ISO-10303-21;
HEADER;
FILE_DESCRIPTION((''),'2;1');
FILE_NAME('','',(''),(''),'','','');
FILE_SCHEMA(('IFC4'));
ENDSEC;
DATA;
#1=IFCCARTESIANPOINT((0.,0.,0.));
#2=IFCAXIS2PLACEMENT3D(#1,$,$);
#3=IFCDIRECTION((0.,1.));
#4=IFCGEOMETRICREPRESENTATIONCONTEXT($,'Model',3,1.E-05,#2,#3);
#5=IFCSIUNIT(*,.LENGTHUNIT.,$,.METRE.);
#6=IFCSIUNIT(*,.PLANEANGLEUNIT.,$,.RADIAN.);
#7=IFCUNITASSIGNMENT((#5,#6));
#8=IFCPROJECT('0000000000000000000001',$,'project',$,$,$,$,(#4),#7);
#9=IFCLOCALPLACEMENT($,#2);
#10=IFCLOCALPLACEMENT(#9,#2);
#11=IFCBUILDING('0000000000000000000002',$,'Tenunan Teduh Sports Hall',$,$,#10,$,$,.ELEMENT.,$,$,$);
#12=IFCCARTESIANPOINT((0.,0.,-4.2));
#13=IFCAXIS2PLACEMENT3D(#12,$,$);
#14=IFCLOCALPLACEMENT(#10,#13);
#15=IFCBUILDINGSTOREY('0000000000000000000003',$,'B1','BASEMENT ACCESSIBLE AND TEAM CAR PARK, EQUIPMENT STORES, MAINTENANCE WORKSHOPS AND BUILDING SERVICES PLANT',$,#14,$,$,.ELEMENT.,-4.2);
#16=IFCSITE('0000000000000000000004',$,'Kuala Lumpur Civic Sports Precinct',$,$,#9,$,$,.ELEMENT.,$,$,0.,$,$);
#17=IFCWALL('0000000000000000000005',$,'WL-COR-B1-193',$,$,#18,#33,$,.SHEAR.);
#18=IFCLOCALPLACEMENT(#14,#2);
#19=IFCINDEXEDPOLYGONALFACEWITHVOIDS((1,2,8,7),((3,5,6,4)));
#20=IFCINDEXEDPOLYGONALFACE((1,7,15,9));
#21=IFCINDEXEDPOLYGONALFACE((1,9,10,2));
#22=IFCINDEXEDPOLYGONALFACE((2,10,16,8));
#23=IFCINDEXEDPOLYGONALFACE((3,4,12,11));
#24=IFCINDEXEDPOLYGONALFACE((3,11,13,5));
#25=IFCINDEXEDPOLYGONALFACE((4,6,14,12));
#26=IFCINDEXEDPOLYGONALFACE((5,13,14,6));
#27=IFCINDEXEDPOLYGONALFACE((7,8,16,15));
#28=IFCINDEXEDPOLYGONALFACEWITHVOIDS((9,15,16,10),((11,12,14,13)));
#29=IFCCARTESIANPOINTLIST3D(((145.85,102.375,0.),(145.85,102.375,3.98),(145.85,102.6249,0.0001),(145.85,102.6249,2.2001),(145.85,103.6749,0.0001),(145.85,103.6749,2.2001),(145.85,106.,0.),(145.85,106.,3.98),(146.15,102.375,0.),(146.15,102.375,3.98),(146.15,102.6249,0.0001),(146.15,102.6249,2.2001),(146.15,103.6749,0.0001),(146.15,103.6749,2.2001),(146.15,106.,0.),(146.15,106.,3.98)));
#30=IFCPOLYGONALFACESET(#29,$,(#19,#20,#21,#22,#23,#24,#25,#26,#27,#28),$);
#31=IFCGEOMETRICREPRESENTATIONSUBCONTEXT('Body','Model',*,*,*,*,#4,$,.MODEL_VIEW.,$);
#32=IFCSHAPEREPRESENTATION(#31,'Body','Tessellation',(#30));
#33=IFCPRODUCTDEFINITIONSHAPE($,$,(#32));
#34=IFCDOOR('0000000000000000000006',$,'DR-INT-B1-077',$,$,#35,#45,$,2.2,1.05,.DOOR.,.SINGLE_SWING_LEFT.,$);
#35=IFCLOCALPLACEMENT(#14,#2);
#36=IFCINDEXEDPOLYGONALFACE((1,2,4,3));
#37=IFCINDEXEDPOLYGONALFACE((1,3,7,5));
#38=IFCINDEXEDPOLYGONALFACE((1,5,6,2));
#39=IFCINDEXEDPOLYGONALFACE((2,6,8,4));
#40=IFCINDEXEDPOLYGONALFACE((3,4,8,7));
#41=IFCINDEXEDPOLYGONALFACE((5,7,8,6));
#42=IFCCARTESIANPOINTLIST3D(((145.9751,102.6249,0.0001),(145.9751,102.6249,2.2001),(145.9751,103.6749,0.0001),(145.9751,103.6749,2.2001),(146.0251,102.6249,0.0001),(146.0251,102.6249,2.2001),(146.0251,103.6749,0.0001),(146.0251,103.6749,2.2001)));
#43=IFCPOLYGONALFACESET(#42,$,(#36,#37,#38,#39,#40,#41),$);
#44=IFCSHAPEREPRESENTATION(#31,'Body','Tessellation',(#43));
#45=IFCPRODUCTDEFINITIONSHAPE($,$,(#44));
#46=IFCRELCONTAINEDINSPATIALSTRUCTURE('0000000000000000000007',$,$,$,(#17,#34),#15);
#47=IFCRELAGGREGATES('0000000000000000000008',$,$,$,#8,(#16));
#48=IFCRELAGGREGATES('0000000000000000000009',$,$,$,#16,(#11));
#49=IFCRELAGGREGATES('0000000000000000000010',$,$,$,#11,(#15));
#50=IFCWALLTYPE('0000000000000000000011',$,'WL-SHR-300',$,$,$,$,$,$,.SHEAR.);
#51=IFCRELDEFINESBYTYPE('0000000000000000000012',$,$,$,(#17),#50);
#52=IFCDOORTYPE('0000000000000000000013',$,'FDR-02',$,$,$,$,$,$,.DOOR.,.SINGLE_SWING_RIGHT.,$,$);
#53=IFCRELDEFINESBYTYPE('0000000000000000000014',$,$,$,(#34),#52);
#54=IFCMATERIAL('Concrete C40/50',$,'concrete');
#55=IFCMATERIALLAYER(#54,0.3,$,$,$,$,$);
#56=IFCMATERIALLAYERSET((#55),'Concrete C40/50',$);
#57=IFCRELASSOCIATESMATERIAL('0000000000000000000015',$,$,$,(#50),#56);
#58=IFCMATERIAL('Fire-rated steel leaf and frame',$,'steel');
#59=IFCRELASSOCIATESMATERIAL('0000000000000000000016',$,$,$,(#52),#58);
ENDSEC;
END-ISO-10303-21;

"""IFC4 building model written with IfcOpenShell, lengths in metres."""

from ifc_helpers import new_model, si_unit, direction, frame, frame_2d, origin, place, context, subcontext, project, spatial, rectangle, extrude, material, layer, layer_set, type_object, element, fill, save


model = new_model("IFC4")

# Units and contexts
model_context = context("Model", 3, precision=1e-05, world=origin(), true_north=direction((0.0, 1.0)))
body_context = subcontext(model_context, "Body", "Model", "MODEL_VIEW")
ifc_project = project(units=[si_unit("LENGTHUNIT", "METRE"), si_unit("PLANEANGLEUNIT", "RADIAN")], contexts=[model_context])

# Site, building, storey
site_placement = place(None, origin())
site = spatial("IfcSite", under=ifc_project, at=site_placement, Name="Kuala Lumpur Civic Sports Precinct", CompositionType="ELEMENT", RefElevation=0.0)
building_placement = place(site_placement, origin())
building = spatial("IfcBuilding", under=site, at=building_placement, Name="Tenunan Teduh Sports Hall", CompositionType="ELEMENT")
storey_placement = place(building_placement, frame((0.0, 0.0, -4.2)))
storey = spatial("IfcBuildingStorey", under=building, at=storey_placement, Name="B1", Description="BASEMENT ACCESSIBLE AND TEAM CAR PARK, EQUIPMENT STORES, MAINTENANCE WORKSHOPS AND BUILDING SERVICES PLANT", CompositionType="ELEMENT", Elevation=-4.2)

# Shared definitions
ifc_material_1 = material(Name="Concrete C40/50", Category="concrete")
ifc_layer_1 = layer(ifc_material_1, 0.3)
ifc_layer_set_1 = layer_set([ifc_layer_1], Name="Concrete C40/50")
wall_type_1 = type_object("IfcWallType", Name="WL-SHR-300", PredefinedType="SHEAR", material=ifc_layer_set_1)

# Wall, opening, door
wall_1_placement = place(storey_placement, frame((146.0, 102.375, 0.0), z_axis=(0.0, 0.0, 1.0), x_axis=(0.0, 1.0, 0.0)))
wall_1 = element("IfcWall", 1, at=wall_1_placement, inside=storey, type_object=wall_type_1, Name="WL-COR-B1-193", PredefinedType="SHEAR", context=body_context, shape_type="SweptSolid", body=[
    extrude(rectangle(XDim=3.625, YDim=0.3, at=frame_2d((1.8125, 0.0))), origin(), (0.0, 0.0, 1.0), 3.98),
])
opening_1_placement = place(wall_1_placement, frame((0.25, 0.0, 0.0)))
opening_1 = element("IfcOpeningElement", 2, at=opening_1_placement, cuts=wall_1, PredefinedType="OPENING", context=body_context, shape_type="SweptSolid", body=[
    extrude(rectangle(XDim=1.05, YDim=2.2, at=frame_2d((0.5249, 1.1001))), frame((0.0, 0.1599, 0.0), z_axis=(0.0, -1.0, 0.0), x_axis=(1.0, 0.0, 0.0)), (0.0, 0.0, 1.0), 0.3201),
])
ifc_material_2 = material(Name="Fire-rated steel leaf and frame", Category="steel")
door_type_1 = type_object("IfcDoorType", Name="FDR-02", OperationType="SINGLE_SWING_RIGHT", PredefinedType="DOOR", material=ifc_material_2)
door_1_placement = place(opening_1_placement, origin())
door_1 = element("IfcDoor", 3, at=door_1_placement, inside=storey, type_object=door_type_1, Name="DR-INT-B1-077", OperationType="SINGLE_SWING_LEFT", OverallHeight=2.2, OverallWidth=1.05, PredefinedType="DOOR", context=body_context, shape_type="SweptSolid", body=[
    extrude(rectangle(XDim=1.05, YDim=2.2, at=frame_2d((0.5249, 1.1001))), frame((0.0, 0.0249, 0.0), z_axis=(0.0, -1.0, 0.0), x_axis=(1.0, 0.0, 0.0)), (0.0, 0.0, 1.0), 0.05),
])
fill(opening_1, door_1)

save(model, "model.ifc")
